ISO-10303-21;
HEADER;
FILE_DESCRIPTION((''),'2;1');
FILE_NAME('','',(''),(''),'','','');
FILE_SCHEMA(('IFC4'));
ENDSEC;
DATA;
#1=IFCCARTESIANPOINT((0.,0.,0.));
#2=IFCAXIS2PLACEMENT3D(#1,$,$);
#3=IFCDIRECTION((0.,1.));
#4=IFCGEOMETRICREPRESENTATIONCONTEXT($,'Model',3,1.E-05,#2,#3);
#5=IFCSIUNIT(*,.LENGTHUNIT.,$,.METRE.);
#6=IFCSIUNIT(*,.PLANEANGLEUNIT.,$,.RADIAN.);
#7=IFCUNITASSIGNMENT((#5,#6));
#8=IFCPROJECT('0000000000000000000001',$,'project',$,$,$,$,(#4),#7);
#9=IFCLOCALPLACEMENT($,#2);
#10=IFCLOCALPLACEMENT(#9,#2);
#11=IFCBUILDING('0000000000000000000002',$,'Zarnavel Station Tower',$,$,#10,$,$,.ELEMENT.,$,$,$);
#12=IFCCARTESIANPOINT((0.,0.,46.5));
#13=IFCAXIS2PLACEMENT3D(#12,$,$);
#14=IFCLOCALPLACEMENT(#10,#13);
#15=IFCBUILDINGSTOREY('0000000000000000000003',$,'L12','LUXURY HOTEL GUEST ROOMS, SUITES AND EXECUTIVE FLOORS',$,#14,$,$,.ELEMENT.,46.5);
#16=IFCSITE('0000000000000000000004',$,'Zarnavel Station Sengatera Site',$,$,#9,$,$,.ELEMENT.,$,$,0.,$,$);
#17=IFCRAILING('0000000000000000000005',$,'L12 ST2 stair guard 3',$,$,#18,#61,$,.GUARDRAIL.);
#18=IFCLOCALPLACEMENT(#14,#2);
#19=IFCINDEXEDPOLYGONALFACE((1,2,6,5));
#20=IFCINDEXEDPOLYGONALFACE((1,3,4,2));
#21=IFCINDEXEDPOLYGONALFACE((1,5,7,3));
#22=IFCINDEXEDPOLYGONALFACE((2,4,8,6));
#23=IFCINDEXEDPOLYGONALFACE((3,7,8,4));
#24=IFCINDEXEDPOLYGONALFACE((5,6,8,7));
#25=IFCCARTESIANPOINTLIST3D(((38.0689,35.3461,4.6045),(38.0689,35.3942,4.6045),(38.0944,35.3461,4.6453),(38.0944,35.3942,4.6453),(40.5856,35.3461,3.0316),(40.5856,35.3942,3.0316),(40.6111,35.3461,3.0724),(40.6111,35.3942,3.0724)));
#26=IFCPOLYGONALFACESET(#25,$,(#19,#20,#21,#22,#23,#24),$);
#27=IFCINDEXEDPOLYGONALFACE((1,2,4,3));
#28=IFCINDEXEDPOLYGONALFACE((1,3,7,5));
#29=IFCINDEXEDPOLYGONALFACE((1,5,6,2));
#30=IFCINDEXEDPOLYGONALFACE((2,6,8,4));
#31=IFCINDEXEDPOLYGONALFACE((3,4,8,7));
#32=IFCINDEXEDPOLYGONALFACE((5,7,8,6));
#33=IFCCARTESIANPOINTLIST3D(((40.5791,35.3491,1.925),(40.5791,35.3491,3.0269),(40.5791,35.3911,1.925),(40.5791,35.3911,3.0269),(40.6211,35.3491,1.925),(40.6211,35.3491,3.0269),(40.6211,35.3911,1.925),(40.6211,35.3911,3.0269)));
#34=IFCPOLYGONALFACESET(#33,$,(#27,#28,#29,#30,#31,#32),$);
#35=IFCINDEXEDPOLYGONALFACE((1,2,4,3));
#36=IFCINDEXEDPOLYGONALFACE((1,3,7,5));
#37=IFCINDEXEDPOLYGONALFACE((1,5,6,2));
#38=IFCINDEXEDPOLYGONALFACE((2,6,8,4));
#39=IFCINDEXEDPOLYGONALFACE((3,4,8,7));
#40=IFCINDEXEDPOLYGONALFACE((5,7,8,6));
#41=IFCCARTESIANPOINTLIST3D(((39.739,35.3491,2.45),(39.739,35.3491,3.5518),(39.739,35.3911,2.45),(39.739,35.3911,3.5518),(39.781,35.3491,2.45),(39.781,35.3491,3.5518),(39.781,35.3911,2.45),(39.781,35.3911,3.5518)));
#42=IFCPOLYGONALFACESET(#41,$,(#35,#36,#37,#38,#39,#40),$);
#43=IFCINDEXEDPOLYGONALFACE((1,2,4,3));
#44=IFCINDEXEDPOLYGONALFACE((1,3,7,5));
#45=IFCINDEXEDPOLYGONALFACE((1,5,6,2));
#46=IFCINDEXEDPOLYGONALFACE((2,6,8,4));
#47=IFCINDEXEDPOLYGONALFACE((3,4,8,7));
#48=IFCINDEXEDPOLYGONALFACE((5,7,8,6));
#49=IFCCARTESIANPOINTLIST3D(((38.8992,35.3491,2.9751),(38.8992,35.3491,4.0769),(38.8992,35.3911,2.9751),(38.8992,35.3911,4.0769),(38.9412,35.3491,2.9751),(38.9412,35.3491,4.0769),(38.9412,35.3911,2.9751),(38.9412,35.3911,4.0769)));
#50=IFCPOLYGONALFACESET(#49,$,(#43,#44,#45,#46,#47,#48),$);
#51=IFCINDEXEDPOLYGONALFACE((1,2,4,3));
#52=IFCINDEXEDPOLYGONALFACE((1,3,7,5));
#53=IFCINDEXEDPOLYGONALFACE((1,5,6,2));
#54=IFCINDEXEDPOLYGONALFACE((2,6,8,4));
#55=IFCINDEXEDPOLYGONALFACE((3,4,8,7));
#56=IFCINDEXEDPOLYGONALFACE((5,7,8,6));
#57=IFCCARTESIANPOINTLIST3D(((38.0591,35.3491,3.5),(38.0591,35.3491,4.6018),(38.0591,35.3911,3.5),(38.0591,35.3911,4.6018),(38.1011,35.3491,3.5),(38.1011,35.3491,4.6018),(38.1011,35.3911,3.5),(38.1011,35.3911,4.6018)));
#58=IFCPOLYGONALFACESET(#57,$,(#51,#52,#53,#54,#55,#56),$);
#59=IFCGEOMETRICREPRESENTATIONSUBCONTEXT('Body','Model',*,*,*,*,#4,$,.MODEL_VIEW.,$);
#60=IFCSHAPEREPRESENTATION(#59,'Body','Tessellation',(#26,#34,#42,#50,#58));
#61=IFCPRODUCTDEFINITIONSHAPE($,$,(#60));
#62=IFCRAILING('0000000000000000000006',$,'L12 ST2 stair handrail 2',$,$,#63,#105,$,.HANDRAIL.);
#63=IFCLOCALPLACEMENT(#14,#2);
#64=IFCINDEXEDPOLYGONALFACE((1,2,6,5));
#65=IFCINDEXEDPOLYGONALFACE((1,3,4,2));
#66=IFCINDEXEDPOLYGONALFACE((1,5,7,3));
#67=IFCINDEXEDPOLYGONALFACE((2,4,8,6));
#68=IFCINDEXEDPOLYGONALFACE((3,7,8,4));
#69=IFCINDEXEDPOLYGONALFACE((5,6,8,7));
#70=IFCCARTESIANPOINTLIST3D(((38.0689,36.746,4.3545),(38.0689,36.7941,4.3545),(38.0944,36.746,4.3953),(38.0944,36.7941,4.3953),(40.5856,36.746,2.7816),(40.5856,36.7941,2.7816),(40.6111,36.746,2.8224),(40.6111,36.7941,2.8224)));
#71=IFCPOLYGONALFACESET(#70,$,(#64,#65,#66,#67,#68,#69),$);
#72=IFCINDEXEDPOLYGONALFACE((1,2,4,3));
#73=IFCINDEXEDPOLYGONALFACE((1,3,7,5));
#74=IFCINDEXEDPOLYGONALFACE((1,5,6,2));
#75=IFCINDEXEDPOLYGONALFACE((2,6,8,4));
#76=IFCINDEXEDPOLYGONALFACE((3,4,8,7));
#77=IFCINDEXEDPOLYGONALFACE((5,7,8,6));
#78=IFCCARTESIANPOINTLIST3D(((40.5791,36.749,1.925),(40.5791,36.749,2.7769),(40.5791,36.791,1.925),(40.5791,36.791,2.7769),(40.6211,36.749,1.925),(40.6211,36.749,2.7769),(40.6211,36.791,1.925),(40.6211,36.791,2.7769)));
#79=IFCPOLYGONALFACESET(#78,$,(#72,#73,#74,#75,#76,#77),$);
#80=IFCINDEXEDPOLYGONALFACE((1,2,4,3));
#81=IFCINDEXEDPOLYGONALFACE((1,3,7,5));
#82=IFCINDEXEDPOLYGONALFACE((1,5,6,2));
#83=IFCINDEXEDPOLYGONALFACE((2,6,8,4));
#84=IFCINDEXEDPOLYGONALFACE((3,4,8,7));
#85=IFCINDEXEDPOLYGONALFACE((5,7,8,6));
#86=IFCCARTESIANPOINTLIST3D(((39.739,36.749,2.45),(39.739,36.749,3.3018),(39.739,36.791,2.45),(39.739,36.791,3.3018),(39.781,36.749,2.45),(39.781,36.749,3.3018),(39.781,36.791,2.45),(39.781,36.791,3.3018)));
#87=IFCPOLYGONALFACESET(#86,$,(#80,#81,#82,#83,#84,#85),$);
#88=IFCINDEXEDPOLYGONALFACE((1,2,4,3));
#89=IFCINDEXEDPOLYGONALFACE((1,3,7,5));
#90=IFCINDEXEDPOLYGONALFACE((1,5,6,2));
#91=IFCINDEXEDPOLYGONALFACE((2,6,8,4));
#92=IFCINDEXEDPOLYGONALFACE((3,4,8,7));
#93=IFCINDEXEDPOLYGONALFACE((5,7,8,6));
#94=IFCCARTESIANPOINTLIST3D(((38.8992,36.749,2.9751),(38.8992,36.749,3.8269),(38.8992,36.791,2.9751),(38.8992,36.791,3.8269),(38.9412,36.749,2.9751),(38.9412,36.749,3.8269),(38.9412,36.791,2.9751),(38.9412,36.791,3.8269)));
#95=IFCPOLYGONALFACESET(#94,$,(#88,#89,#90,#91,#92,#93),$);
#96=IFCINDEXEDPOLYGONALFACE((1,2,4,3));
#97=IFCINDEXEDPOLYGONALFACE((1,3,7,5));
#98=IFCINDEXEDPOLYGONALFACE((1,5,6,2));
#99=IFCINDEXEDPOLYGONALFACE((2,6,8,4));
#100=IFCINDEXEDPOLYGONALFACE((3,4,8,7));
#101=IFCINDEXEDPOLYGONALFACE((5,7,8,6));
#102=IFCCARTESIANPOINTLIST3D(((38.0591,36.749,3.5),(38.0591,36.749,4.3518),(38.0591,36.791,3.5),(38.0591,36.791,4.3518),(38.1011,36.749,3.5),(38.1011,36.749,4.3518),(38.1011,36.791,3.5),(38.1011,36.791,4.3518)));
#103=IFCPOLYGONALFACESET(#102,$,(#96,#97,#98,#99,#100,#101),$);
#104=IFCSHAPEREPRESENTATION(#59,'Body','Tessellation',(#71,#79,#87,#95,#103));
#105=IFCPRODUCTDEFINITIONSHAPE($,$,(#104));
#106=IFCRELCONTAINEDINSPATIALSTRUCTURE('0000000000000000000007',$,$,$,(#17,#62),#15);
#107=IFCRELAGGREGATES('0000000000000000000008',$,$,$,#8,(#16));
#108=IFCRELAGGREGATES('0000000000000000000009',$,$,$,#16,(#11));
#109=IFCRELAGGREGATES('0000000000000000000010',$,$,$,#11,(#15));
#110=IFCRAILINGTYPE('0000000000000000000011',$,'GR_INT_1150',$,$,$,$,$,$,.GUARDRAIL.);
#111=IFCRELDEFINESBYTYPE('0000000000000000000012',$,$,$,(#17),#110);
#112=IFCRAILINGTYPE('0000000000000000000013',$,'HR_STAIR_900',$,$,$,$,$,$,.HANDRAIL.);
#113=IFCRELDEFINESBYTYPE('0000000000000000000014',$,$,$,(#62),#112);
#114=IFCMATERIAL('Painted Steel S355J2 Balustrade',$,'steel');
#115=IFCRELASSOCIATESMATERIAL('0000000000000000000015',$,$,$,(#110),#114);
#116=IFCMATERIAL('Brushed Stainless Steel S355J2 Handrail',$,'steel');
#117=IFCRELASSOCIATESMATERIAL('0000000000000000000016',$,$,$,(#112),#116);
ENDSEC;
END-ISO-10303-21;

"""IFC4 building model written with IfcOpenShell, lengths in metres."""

from ifc_helpers import new_model, si_unit, direction, frame, origin, origin_2d, place, context, subcontext, project, spatial, rectangle, extrude, material, type_object, element, save


model = new_model("IFC4")

# Units and contexts
model_context = context("Model", 3, precision=1e-05, world=origin(), true_north=direction((0.0, 1.0)))
body_context = subcontext(model_context, "Body", "Model", "MODEL_VIEW")
ifc_project = project(units=[si_unit("LENGTHUNIT", "METRE"), si_unit("PLANEANGLEUNIT", "RADIAN")], contexts=[model_context])

# Site, building, storey
site_placement = place(None, origin())
site = spatial("IfcSite", under=ifc_project, at=site_placement, Name="Zarnavel Station Sengatera Site", CompositionType="ELEMENT", RefElevation=0.0)
building_placement = place(site_placement, origin())
building = spatial("IfcBuilding", under=site, at=building_placement, Name="Zarnavel Station Tower", CompositionType="ELEMENT")
storey_placement = place(building_placement, frame((0.0, 0.0, 46.5)))
storey = spatial("IfcBuildingStorey", under=building, at=storey_placement, Name="L12", Description="LUXURY HOTEL GUEST ROOMS, SUITES AND EXECUTIVE FLOORS", CompositionType="ELEMENT", Elevation=46.5)

# Railings
ifc_material_1 = material(Name="Painted Steel S355J2 Balustrade", Category="steel")
railing_type_1 = type_object("IfcRailingType", Name="GR_INT_1150", PredefinedType="GUARDRAIL", material=ifc_material_1)
railing_1_placement = place(storey_placement, frame((40.6001, 35.3701, 1.925)))
element("IfcRailing", 1, at=railing_1_placement, inside=storey, type_object=railing_type_1, Name="L12 ST2 stair guard 3", PredefinedType="GUARDRAIL", context=body_context, shape_type="SweptSolid", body=[
    extrude(rectangle(XDim=0.0481, YDim=0.0481, at=origin_2d()), frame((-0.0017, 0.0, 1.127), z_axis=(-0.848008, 0.0, 0.529984), x_axis=(0.0, -1.0, 0.0)), (0.0, 0.0, 1.0), 2.9678),
    extrude(rectangle(XDim=0.042, YDim=0.042, at=origin_2d()), origin(), (0.0, 0.0, 1.0), 1.1018),
    extrude(rectangle(XDim=0.042, YDim=0.042, at=origin_2d()), frame((-0.8401, 0.0, 0.5249)), (0.0, 0.0, 1.0), 1.1018),
    extrude(rectangle(XDim=0.042, YDim=0.042, at=origin_2d()), frame((-1.6799, 0.0, 1.05)), (0.0, 0.0, 1.0), 1.1018),
    extrude(rectangle(XDim=0.042, YDim=0.042, at=origin_2d()), frame((-2.52, 0.0, 1.575)), (0.0, 0.0, 1.0), 1.1018),
])
ifc_material_2 = material(Name="Brushed Stainless Steel S355J2 Handrail", Category="steel")
railing_type_2 = type_object("IfcRailingType", Name="HR_STAIR_900", PredefinedType="HANDRAIL", material=ifc_material_2)
railing_2_placement = place(storey_placement, frame((40.6001, 36.77, 1.925)))
element("IfcRailing", 2, at=railing_2_placement, inside=storey, type_object=railing_type_2, Name="L12 ST2 stair handrail 2", PredefinedType="HANDRAIL", context=body_context, shape_type="SweptSolid", body=[
    extrude(rectangle(XDim=0.0481, YDim=0.0481, at=origin_2d()), frame((-0.0017, 0.0, 0.877), z_axis=(-0.848008, 0.0, 0.529984), x_axis=(0.0, -1.0, 0.0)), (0.0, 0.0, 1.0), 2.9678),
    extrude(rectangle(XDim=0.042, YDim=0.042, at=origin_2d()), origin(), (0.0, 0.0, 1.0), 0.8518),
    extrude(rectangle(XDim=0.042, YDim=0.042, at=origin_2d()), frame((-0.8401, 0.0, 0.5249)), (0.0, 0.0, 1.0), 0.8518),
    extrude(rectangle(XDim=0.042, YDim=0.042, at=origin_2d()), frame((-1.6799, 0.0, 1.05)), (0.0, 0.0, 1.0), 0.8518),
    extrude(rectangle(XDim=0.042, YDim=0.042, at=origin_2d()), frame((-2.52, 0.0, 1.575)), (0.0, 0.0, 1.0), 0.8518),
])

save(model, "model.ifc")
